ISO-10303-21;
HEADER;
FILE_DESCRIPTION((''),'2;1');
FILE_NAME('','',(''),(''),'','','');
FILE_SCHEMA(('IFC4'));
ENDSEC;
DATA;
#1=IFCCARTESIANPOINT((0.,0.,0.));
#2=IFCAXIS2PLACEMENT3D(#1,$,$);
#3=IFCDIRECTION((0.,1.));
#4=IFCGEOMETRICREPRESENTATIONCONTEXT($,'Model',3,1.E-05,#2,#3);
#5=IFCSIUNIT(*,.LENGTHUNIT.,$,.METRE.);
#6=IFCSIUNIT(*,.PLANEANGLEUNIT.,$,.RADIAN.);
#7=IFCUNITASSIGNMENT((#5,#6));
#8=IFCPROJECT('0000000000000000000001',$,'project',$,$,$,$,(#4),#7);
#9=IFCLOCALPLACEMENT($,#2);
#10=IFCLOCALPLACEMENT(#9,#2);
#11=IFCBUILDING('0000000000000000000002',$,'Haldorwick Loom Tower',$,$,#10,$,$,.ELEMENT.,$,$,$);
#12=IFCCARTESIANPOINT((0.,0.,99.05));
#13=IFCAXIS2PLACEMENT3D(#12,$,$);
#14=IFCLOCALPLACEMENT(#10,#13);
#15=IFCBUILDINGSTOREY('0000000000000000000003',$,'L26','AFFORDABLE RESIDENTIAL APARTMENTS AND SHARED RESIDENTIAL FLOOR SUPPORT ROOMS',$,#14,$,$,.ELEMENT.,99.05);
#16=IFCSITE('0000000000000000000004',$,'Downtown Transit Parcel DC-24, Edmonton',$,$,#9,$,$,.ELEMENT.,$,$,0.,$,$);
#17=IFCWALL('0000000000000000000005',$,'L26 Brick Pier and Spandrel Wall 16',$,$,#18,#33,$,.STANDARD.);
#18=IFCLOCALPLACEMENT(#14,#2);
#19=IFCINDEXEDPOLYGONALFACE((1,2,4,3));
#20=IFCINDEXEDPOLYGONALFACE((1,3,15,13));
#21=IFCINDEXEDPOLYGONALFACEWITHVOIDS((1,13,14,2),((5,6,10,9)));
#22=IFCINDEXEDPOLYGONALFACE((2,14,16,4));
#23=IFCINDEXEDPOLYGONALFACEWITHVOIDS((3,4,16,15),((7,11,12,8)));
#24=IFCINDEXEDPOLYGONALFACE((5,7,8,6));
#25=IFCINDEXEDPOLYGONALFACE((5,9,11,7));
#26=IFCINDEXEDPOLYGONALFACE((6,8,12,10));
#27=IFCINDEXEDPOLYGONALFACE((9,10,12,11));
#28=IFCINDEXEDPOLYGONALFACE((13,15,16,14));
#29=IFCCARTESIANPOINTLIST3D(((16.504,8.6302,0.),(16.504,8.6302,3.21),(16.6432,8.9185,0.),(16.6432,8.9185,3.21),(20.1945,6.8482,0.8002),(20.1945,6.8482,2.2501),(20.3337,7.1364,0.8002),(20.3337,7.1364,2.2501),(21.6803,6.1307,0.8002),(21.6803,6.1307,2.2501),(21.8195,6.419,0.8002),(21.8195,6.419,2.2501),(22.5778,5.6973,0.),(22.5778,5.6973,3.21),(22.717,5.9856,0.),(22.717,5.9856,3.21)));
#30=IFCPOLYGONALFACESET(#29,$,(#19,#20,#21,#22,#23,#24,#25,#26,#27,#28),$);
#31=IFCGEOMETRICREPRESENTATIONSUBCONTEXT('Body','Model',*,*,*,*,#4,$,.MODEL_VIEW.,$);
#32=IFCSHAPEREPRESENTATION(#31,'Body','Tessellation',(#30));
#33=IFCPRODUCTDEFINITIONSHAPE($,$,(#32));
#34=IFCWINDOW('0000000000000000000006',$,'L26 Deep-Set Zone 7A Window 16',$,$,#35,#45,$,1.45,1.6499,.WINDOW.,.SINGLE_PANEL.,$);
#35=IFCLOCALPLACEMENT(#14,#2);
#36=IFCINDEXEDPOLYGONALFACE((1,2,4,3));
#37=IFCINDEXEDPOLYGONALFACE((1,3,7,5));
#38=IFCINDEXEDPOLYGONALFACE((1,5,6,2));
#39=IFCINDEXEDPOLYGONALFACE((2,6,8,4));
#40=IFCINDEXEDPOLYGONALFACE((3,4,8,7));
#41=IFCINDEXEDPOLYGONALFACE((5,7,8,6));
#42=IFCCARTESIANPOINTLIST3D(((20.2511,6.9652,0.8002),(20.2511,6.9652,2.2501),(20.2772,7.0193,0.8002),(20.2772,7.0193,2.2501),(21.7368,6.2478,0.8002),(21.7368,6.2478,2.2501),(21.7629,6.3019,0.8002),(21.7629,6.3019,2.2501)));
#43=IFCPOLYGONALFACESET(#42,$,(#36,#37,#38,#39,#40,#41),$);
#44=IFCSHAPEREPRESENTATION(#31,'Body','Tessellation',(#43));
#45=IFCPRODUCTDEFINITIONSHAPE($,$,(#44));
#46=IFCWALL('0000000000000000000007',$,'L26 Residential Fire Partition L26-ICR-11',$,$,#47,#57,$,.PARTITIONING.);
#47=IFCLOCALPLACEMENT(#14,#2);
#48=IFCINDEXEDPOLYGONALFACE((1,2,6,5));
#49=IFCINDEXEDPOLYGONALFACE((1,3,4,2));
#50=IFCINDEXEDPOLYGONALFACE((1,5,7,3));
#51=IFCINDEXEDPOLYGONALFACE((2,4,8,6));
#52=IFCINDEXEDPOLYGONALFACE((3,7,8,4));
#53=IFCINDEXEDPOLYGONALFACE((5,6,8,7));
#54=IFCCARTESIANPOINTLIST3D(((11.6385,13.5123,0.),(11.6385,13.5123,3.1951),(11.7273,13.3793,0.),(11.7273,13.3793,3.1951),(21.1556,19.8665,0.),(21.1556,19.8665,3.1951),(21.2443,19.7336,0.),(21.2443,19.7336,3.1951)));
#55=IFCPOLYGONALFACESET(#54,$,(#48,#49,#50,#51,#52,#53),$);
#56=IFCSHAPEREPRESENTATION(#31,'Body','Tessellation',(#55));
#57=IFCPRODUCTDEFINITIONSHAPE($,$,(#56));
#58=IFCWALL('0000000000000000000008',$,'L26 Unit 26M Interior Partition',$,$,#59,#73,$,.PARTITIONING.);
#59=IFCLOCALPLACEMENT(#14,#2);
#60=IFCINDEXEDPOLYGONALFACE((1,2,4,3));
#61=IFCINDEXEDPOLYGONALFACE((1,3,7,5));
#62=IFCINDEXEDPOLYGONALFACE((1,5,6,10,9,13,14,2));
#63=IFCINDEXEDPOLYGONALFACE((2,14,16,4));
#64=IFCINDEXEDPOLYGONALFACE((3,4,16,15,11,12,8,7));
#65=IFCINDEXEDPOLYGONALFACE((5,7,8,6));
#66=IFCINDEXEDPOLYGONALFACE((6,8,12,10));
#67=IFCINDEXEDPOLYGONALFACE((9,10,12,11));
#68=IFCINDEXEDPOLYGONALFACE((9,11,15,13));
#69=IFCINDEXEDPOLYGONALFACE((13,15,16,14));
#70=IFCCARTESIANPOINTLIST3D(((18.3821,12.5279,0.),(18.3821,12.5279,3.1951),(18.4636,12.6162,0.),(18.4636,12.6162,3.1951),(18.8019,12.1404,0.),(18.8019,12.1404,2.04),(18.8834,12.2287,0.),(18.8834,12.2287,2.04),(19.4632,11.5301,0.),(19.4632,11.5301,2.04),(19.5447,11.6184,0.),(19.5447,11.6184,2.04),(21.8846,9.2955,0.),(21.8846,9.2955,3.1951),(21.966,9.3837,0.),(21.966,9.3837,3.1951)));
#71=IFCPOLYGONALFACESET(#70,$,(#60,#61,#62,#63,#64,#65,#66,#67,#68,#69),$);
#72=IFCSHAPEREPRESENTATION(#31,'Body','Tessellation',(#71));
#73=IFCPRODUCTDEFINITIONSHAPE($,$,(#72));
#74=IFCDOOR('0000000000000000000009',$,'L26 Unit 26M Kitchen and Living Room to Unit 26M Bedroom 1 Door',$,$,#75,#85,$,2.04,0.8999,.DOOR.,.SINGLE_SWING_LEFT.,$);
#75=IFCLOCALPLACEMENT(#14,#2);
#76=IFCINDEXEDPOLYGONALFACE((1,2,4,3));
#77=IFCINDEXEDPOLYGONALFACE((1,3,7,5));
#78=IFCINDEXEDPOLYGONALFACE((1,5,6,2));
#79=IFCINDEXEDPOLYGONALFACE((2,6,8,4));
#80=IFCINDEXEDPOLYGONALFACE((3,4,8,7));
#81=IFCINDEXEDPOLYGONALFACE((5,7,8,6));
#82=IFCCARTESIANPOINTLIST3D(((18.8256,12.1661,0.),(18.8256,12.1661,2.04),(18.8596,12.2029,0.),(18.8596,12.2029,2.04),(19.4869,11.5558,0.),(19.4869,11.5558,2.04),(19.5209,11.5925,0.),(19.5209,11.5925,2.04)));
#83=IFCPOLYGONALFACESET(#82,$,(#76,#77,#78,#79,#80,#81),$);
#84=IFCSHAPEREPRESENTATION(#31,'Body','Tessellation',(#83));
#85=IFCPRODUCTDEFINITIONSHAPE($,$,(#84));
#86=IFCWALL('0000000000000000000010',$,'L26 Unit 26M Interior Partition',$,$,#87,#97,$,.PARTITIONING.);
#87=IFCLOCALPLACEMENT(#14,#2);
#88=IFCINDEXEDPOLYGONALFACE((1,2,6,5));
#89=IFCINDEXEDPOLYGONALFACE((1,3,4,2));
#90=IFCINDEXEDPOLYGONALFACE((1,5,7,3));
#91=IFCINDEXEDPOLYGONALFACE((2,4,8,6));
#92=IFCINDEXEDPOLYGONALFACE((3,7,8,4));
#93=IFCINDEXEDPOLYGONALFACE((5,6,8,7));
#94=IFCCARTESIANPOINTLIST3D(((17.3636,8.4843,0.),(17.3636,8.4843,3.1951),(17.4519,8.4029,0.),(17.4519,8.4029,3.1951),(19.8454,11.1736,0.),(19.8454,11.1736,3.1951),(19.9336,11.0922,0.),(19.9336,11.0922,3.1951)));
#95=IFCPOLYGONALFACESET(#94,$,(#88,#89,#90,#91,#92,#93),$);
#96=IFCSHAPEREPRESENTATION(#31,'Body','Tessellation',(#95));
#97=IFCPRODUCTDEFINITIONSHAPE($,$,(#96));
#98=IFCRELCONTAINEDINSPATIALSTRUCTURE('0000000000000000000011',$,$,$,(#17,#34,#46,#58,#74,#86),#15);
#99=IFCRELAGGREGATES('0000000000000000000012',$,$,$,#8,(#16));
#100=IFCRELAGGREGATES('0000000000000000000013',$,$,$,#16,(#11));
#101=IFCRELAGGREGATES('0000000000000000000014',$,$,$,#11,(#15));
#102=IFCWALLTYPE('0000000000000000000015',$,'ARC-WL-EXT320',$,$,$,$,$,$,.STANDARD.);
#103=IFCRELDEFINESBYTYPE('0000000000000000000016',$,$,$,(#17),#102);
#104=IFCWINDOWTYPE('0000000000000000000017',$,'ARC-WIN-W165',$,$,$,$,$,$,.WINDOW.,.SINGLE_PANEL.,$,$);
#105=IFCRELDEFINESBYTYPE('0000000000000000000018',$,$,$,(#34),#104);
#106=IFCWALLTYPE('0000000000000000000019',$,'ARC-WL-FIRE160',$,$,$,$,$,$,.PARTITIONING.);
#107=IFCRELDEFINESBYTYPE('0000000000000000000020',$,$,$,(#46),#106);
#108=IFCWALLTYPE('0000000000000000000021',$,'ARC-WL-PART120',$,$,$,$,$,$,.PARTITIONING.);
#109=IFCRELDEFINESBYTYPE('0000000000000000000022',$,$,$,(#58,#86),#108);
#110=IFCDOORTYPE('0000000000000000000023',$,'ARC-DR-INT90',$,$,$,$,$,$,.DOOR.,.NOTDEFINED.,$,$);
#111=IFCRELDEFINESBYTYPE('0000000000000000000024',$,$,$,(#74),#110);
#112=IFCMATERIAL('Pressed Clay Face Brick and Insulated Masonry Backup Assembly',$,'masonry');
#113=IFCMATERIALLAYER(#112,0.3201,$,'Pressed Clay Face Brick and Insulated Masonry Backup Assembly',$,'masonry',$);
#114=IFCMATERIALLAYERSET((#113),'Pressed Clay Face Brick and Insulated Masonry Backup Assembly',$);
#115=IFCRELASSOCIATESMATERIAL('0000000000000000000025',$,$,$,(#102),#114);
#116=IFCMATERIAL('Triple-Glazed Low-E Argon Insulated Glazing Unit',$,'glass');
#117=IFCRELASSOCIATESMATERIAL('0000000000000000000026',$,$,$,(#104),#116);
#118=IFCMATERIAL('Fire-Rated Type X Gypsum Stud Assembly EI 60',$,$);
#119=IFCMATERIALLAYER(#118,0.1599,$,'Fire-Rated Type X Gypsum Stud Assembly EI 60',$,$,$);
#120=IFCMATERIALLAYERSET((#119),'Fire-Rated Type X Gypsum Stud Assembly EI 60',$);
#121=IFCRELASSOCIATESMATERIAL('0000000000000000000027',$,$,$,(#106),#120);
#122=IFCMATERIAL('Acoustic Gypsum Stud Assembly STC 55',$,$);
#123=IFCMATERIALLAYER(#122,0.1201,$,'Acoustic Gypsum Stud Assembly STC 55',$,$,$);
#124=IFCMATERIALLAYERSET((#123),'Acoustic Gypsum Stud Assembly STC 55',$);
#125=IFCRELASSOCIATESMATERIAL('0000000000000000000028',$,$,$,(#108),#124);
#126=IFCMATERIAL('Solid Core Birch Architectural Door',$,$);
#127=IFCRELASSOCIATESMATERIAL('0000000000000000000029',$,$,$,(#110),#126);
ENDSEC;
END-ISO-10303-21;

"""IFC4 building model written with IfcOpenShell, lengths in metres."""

from ifc_helpers import new_model, si_unit, direction, frame, frame_2d, origin, place, context, subcontext, project, spatial, rectangle, extrude, material, layer, layer_set, type_object, element, fill, save


model = new_model("IFC4")

# Units and contexts
model_context = context("Model", 3, precision=1e-05, world=origin(), true_north=direction((0.0, 1.0)))
body_context = subcontext(model_context, "Body", "Model", "MODEL_VIEW")
ifc_project = project(units=[si_unit("LENGTHUNIT", "METRE"), si_unit("PLANEANGLEUNIT", "RADIAN")], contexts=[model_context])

# Site, building, storey
site_placement = place(None, origin())
site = spatial("IfcSite", under=ifc_project, at=site_placement, Name="Downtown Transit Parcel DC-24, Edmonton", CompositionType="ELEMENT", RefElevation=0.0)
building_placement = place(site_placement, origin())
building = spatial("IfcBuilding", under=site, at=building_placement, Name="Haldorwick Loom Tower", CompositionType="ELEMENT")
storey_placement = place(building_placement, frame((0.0, 0.0, 99.05)))
storey = spatial("IfcBuildingStorey", under=building, at=storey_placement, Name="L26", Description="AFFORDABLE RESIDENTIAL APARTMENTS AND SHARED RESIDENTIAL FLOOR SUPPORT ROOMS", CompositionType="ELEMENT", Elevation=99.05)

# Shared definitions
ifc_material_1 = material(Name="Pressed Clay Face Brick and Insulated Masonry Backup Assembly", Category="masonry")
ifc_layer_1 = layer(ifc_material_1, 0.3201, Name="Pressed Clay Face Brick and Insulated Masonry Backup Assembly", Category="masonry")
ifc_layer_set_1 = layer_set([ifc_layer_1], Name="Pressed Clay Face Brick and Insulated Masonry Backup Assembly")
wall_type_1 = type_object("IfcWallType", Name="ARC-WL-EXT320", PredefinedType="STANDARD", material=ifc_layer_set_1)

# Wall, opening, window
wall_1_placement = place(storey_placement, frame((16.5735, 8.7744, 0.0), z_axis=(0.0, 0.0, 1.0), x_axis=(0.90051, -0.434835, 0.0)))
wall_1 = element("IfcWall", 1, at=wall_1_placement, inside=storey, type_object=wall_type_1, Name="L26 Brick Pier and Spandrel Wall 16", PredefinedType="STANDARD", context=body_context, shape_type="SweptSolid", body=[
    extrude(rectangle(XDim=6.7449, YDim=0.3201, at=frame_2d((3.3726, 0.0))), origin(), (0.0, 0.0, 1.0), 3.21),
])
opening_1_placement = place(wall_1_placement, frame((4.0984, 0.0, 0.8)))
opening_1 = element("IfcOpeningElement", 2, at=opening_1_placement, cuts=wall_1, PredefinedType="OPENING", context=body_context, shape_type="SweptSolid", body=[
    extrude(rectangle(XDim=1.6499, YDim=1.45, at=frame_2d((0.825, 0.7251))), frame((0.0, 0.1699, 0.0), z_axis=(0.0, -1.0, 0.0), x_axis=(1.0, 0.0, 0.0)), (0.0, 0.0, 1.0), 0.3401),
])
ifc_material_2 = material(Name="Triple-Glazed Low-E Argon Insulated Glazing Unit", Category="glass")
window_type = type_object("IfcWindowType", Name="ARC-WIN-W165", PartitioningType="SINGLE_PANEL", PredefinedType="WINDOW", material=ifc_material_2)
window_placement = place(opening_1_placement, origin())
window = element("IfcWindow", 3, at=window_placement, inside=storey, type_object=window_type, Name="L26 Deep-Set Zone 7A Window 16", OverallHeight=1.45, OverallWidth=1.6499, PartitioningType="SINGLE_PANEL", PredefinedType="WINDOW", context=body_context, shape_type="SweptSolid", body=[
    extrude(rectangle(XDim=1.6499, YDim=1.45, at=frame_2d((0.825, 0.7251))), frame((0.0, 0.03, 0.0), z_axis=(0.0, -1.0, 0.0), x_axis=(1.0, 0.0, 0.0)), (0.0, 0.0, 1.0), 0.0601),
])
fill(opening_1, window)

# Wall
ifc_material_3 = material(Name="Fire-Rated Type X Gypsum Stud Assembly EI 60")
ifc_layer_2 = layer(ifc_material_3, 0.1599, Name="Fire-Rated Type X Gypsum Stud Assembly EI 60")
ifc_layer_set_2 = layer_set([ifc_layer_2], Name="Fire-Rated Type X Gypsum Stud Assembly EI 60")
wall_type_2 = type_object("IfcWallType", Name="ARC-WL-FIRE160", PredefinedType="PARTITIONING", material=ifc_layer_set_2)
wall_2_placement = place(storey_placement, frame((21.2, 19.8, 0.0), z_axis=(0.0, 0.0, 1.0), x_axis=(-0.831666, -0.555276, 0.0)))
element("IfcWall", 4, at=wall_2_placement, inside=storey, type_object=wall_type_2, Name="L26 Residential Fire Partition L26-ICR-11", PredefinedType="PARTITIONING", context=body_context, shape_type="SweptSolid", body=[
    extrude(rectangle(XDim=11.4434, YDim=0.1599, at=frame_2d((5.7217, 0.0))), origin(), (0.0, 0.0, 1.0), 3.1951),
])

# Wall, opening, door
ifc_material_4 = material(Name="Acoustic Gypsum Stud Assembly STC 55")
ifc_layer_3 = layer(ifc_material_4, 0.1201, Name="Acoustic Gypsum Stud Assembly STC 55")
ifc_layer_set_3 = layer_set([ifc_layer_3], Name="Acoustic Gypsum Stud Assembly STC 55")
wall_type_3 = type_object("IfcWallType", Name="ARC-WL-PART120", PredefinedType="PARTITIONING", material=ifc_layer_set_3)
wall_3_placement = place(storey_placement, frame((18.4229, 12.572, 0.0), z_axis=(0.0, 0.0, 1.0), x_axis=(0.734866, -0.678212, 0.0)))
wall_3 = element("IfcWall", 5, at=wall_3_placement, inside=storey, type_object=wall_type_3, Name="L26 Unit 26M Interior Partition", PredefinedType="PARTITIONING", context=body_context, shape_type="SweptSolid", body=[
    extrude(rectangle(XDim=4.7661, YDim=0.1201, at=frame_2d((2.3831, 0.0))), origin(), (0.0, 0.0, 1.0), 3.1951),
])
opening_2_placement = place(wall_3_placement, frame((0.5713, 0.0, 0.0)))
opening_2 = element("IfcOpeningElement", 6, at=opening_2_placement, cuts=wall_3, PredefinedType="OPENING", context=body_context, shape_type="SweptSolid", body=[
    extrude(rectangle(XDim=0.8999, YDim=2.04, at=frame_2d((0.45, 1.02))), frame((0.0, 0.0701, 0.0), z_axis=(0.0, -1.0, 0.0), x_axis=(1.0, 0.0, 0.0)), (0.0, 0.0, 1.0), 0.1401),
])
ifc_material_5 = material(Name="Solid Core Birch Architectural Door")
door_type_1 = type_object("IfcDoorType", Name="ARC-DR-INT90", OperationType="NOTDEFINED", PredefinedType="DOOR", material=ifc_material_5)
door_1_placement = place(opening_2_placement, origin())
door_1 = element("IfcDoor", 7, at=door_1_placement, inside=storey, type_object=door_type_1, Name="L26 Unit 26M Kitchen and Living Room to Unit 26M Bedroom 1 Door", OperationType="SINGLE_SWING_LEFT", OverallHeight=2.04, OverallWidth=0.8999, PredefinedType="DOOR", context=body_context, shape_type="SweptSolid", body=[
    extrude(rectangle(XDim=0.8999, YDim=2.04, at=frame_2d((0.45, 1.02))), frame((0.0, 0.0249, 0.0), z_axis=(0.0, -1.0, 0.0), x_axis=(1.0, 0.0, 0.0)), (0.0, 0.0, 1.0), 0.05),
])
fill(opening_2, door_1)

# Wall
wall_4_placement = place(storey_placement, frame((19.8894, 11.1328, 0.0), z_axis=(0.0, 0.0, 1.0), x_axis=(-0.678183, -0.734893, 0.0)))
element("IfcWall", 8, at=wall_4_placement, inside=storey, type_object=wall_type_3, Name="L26 Unit 26M Interior Partition", PredefinedType="PARTITIONING", context=body_context, shape_type="SweptSolid", body=[
    extrude(rectangle(XDim=3.6594, YDim=0.1201, at=frame_2d((1.8296, 0.0))), origin(), (0.0, 0.0, 1.0), 3.1951),
])

save(model, "model.ifc")
